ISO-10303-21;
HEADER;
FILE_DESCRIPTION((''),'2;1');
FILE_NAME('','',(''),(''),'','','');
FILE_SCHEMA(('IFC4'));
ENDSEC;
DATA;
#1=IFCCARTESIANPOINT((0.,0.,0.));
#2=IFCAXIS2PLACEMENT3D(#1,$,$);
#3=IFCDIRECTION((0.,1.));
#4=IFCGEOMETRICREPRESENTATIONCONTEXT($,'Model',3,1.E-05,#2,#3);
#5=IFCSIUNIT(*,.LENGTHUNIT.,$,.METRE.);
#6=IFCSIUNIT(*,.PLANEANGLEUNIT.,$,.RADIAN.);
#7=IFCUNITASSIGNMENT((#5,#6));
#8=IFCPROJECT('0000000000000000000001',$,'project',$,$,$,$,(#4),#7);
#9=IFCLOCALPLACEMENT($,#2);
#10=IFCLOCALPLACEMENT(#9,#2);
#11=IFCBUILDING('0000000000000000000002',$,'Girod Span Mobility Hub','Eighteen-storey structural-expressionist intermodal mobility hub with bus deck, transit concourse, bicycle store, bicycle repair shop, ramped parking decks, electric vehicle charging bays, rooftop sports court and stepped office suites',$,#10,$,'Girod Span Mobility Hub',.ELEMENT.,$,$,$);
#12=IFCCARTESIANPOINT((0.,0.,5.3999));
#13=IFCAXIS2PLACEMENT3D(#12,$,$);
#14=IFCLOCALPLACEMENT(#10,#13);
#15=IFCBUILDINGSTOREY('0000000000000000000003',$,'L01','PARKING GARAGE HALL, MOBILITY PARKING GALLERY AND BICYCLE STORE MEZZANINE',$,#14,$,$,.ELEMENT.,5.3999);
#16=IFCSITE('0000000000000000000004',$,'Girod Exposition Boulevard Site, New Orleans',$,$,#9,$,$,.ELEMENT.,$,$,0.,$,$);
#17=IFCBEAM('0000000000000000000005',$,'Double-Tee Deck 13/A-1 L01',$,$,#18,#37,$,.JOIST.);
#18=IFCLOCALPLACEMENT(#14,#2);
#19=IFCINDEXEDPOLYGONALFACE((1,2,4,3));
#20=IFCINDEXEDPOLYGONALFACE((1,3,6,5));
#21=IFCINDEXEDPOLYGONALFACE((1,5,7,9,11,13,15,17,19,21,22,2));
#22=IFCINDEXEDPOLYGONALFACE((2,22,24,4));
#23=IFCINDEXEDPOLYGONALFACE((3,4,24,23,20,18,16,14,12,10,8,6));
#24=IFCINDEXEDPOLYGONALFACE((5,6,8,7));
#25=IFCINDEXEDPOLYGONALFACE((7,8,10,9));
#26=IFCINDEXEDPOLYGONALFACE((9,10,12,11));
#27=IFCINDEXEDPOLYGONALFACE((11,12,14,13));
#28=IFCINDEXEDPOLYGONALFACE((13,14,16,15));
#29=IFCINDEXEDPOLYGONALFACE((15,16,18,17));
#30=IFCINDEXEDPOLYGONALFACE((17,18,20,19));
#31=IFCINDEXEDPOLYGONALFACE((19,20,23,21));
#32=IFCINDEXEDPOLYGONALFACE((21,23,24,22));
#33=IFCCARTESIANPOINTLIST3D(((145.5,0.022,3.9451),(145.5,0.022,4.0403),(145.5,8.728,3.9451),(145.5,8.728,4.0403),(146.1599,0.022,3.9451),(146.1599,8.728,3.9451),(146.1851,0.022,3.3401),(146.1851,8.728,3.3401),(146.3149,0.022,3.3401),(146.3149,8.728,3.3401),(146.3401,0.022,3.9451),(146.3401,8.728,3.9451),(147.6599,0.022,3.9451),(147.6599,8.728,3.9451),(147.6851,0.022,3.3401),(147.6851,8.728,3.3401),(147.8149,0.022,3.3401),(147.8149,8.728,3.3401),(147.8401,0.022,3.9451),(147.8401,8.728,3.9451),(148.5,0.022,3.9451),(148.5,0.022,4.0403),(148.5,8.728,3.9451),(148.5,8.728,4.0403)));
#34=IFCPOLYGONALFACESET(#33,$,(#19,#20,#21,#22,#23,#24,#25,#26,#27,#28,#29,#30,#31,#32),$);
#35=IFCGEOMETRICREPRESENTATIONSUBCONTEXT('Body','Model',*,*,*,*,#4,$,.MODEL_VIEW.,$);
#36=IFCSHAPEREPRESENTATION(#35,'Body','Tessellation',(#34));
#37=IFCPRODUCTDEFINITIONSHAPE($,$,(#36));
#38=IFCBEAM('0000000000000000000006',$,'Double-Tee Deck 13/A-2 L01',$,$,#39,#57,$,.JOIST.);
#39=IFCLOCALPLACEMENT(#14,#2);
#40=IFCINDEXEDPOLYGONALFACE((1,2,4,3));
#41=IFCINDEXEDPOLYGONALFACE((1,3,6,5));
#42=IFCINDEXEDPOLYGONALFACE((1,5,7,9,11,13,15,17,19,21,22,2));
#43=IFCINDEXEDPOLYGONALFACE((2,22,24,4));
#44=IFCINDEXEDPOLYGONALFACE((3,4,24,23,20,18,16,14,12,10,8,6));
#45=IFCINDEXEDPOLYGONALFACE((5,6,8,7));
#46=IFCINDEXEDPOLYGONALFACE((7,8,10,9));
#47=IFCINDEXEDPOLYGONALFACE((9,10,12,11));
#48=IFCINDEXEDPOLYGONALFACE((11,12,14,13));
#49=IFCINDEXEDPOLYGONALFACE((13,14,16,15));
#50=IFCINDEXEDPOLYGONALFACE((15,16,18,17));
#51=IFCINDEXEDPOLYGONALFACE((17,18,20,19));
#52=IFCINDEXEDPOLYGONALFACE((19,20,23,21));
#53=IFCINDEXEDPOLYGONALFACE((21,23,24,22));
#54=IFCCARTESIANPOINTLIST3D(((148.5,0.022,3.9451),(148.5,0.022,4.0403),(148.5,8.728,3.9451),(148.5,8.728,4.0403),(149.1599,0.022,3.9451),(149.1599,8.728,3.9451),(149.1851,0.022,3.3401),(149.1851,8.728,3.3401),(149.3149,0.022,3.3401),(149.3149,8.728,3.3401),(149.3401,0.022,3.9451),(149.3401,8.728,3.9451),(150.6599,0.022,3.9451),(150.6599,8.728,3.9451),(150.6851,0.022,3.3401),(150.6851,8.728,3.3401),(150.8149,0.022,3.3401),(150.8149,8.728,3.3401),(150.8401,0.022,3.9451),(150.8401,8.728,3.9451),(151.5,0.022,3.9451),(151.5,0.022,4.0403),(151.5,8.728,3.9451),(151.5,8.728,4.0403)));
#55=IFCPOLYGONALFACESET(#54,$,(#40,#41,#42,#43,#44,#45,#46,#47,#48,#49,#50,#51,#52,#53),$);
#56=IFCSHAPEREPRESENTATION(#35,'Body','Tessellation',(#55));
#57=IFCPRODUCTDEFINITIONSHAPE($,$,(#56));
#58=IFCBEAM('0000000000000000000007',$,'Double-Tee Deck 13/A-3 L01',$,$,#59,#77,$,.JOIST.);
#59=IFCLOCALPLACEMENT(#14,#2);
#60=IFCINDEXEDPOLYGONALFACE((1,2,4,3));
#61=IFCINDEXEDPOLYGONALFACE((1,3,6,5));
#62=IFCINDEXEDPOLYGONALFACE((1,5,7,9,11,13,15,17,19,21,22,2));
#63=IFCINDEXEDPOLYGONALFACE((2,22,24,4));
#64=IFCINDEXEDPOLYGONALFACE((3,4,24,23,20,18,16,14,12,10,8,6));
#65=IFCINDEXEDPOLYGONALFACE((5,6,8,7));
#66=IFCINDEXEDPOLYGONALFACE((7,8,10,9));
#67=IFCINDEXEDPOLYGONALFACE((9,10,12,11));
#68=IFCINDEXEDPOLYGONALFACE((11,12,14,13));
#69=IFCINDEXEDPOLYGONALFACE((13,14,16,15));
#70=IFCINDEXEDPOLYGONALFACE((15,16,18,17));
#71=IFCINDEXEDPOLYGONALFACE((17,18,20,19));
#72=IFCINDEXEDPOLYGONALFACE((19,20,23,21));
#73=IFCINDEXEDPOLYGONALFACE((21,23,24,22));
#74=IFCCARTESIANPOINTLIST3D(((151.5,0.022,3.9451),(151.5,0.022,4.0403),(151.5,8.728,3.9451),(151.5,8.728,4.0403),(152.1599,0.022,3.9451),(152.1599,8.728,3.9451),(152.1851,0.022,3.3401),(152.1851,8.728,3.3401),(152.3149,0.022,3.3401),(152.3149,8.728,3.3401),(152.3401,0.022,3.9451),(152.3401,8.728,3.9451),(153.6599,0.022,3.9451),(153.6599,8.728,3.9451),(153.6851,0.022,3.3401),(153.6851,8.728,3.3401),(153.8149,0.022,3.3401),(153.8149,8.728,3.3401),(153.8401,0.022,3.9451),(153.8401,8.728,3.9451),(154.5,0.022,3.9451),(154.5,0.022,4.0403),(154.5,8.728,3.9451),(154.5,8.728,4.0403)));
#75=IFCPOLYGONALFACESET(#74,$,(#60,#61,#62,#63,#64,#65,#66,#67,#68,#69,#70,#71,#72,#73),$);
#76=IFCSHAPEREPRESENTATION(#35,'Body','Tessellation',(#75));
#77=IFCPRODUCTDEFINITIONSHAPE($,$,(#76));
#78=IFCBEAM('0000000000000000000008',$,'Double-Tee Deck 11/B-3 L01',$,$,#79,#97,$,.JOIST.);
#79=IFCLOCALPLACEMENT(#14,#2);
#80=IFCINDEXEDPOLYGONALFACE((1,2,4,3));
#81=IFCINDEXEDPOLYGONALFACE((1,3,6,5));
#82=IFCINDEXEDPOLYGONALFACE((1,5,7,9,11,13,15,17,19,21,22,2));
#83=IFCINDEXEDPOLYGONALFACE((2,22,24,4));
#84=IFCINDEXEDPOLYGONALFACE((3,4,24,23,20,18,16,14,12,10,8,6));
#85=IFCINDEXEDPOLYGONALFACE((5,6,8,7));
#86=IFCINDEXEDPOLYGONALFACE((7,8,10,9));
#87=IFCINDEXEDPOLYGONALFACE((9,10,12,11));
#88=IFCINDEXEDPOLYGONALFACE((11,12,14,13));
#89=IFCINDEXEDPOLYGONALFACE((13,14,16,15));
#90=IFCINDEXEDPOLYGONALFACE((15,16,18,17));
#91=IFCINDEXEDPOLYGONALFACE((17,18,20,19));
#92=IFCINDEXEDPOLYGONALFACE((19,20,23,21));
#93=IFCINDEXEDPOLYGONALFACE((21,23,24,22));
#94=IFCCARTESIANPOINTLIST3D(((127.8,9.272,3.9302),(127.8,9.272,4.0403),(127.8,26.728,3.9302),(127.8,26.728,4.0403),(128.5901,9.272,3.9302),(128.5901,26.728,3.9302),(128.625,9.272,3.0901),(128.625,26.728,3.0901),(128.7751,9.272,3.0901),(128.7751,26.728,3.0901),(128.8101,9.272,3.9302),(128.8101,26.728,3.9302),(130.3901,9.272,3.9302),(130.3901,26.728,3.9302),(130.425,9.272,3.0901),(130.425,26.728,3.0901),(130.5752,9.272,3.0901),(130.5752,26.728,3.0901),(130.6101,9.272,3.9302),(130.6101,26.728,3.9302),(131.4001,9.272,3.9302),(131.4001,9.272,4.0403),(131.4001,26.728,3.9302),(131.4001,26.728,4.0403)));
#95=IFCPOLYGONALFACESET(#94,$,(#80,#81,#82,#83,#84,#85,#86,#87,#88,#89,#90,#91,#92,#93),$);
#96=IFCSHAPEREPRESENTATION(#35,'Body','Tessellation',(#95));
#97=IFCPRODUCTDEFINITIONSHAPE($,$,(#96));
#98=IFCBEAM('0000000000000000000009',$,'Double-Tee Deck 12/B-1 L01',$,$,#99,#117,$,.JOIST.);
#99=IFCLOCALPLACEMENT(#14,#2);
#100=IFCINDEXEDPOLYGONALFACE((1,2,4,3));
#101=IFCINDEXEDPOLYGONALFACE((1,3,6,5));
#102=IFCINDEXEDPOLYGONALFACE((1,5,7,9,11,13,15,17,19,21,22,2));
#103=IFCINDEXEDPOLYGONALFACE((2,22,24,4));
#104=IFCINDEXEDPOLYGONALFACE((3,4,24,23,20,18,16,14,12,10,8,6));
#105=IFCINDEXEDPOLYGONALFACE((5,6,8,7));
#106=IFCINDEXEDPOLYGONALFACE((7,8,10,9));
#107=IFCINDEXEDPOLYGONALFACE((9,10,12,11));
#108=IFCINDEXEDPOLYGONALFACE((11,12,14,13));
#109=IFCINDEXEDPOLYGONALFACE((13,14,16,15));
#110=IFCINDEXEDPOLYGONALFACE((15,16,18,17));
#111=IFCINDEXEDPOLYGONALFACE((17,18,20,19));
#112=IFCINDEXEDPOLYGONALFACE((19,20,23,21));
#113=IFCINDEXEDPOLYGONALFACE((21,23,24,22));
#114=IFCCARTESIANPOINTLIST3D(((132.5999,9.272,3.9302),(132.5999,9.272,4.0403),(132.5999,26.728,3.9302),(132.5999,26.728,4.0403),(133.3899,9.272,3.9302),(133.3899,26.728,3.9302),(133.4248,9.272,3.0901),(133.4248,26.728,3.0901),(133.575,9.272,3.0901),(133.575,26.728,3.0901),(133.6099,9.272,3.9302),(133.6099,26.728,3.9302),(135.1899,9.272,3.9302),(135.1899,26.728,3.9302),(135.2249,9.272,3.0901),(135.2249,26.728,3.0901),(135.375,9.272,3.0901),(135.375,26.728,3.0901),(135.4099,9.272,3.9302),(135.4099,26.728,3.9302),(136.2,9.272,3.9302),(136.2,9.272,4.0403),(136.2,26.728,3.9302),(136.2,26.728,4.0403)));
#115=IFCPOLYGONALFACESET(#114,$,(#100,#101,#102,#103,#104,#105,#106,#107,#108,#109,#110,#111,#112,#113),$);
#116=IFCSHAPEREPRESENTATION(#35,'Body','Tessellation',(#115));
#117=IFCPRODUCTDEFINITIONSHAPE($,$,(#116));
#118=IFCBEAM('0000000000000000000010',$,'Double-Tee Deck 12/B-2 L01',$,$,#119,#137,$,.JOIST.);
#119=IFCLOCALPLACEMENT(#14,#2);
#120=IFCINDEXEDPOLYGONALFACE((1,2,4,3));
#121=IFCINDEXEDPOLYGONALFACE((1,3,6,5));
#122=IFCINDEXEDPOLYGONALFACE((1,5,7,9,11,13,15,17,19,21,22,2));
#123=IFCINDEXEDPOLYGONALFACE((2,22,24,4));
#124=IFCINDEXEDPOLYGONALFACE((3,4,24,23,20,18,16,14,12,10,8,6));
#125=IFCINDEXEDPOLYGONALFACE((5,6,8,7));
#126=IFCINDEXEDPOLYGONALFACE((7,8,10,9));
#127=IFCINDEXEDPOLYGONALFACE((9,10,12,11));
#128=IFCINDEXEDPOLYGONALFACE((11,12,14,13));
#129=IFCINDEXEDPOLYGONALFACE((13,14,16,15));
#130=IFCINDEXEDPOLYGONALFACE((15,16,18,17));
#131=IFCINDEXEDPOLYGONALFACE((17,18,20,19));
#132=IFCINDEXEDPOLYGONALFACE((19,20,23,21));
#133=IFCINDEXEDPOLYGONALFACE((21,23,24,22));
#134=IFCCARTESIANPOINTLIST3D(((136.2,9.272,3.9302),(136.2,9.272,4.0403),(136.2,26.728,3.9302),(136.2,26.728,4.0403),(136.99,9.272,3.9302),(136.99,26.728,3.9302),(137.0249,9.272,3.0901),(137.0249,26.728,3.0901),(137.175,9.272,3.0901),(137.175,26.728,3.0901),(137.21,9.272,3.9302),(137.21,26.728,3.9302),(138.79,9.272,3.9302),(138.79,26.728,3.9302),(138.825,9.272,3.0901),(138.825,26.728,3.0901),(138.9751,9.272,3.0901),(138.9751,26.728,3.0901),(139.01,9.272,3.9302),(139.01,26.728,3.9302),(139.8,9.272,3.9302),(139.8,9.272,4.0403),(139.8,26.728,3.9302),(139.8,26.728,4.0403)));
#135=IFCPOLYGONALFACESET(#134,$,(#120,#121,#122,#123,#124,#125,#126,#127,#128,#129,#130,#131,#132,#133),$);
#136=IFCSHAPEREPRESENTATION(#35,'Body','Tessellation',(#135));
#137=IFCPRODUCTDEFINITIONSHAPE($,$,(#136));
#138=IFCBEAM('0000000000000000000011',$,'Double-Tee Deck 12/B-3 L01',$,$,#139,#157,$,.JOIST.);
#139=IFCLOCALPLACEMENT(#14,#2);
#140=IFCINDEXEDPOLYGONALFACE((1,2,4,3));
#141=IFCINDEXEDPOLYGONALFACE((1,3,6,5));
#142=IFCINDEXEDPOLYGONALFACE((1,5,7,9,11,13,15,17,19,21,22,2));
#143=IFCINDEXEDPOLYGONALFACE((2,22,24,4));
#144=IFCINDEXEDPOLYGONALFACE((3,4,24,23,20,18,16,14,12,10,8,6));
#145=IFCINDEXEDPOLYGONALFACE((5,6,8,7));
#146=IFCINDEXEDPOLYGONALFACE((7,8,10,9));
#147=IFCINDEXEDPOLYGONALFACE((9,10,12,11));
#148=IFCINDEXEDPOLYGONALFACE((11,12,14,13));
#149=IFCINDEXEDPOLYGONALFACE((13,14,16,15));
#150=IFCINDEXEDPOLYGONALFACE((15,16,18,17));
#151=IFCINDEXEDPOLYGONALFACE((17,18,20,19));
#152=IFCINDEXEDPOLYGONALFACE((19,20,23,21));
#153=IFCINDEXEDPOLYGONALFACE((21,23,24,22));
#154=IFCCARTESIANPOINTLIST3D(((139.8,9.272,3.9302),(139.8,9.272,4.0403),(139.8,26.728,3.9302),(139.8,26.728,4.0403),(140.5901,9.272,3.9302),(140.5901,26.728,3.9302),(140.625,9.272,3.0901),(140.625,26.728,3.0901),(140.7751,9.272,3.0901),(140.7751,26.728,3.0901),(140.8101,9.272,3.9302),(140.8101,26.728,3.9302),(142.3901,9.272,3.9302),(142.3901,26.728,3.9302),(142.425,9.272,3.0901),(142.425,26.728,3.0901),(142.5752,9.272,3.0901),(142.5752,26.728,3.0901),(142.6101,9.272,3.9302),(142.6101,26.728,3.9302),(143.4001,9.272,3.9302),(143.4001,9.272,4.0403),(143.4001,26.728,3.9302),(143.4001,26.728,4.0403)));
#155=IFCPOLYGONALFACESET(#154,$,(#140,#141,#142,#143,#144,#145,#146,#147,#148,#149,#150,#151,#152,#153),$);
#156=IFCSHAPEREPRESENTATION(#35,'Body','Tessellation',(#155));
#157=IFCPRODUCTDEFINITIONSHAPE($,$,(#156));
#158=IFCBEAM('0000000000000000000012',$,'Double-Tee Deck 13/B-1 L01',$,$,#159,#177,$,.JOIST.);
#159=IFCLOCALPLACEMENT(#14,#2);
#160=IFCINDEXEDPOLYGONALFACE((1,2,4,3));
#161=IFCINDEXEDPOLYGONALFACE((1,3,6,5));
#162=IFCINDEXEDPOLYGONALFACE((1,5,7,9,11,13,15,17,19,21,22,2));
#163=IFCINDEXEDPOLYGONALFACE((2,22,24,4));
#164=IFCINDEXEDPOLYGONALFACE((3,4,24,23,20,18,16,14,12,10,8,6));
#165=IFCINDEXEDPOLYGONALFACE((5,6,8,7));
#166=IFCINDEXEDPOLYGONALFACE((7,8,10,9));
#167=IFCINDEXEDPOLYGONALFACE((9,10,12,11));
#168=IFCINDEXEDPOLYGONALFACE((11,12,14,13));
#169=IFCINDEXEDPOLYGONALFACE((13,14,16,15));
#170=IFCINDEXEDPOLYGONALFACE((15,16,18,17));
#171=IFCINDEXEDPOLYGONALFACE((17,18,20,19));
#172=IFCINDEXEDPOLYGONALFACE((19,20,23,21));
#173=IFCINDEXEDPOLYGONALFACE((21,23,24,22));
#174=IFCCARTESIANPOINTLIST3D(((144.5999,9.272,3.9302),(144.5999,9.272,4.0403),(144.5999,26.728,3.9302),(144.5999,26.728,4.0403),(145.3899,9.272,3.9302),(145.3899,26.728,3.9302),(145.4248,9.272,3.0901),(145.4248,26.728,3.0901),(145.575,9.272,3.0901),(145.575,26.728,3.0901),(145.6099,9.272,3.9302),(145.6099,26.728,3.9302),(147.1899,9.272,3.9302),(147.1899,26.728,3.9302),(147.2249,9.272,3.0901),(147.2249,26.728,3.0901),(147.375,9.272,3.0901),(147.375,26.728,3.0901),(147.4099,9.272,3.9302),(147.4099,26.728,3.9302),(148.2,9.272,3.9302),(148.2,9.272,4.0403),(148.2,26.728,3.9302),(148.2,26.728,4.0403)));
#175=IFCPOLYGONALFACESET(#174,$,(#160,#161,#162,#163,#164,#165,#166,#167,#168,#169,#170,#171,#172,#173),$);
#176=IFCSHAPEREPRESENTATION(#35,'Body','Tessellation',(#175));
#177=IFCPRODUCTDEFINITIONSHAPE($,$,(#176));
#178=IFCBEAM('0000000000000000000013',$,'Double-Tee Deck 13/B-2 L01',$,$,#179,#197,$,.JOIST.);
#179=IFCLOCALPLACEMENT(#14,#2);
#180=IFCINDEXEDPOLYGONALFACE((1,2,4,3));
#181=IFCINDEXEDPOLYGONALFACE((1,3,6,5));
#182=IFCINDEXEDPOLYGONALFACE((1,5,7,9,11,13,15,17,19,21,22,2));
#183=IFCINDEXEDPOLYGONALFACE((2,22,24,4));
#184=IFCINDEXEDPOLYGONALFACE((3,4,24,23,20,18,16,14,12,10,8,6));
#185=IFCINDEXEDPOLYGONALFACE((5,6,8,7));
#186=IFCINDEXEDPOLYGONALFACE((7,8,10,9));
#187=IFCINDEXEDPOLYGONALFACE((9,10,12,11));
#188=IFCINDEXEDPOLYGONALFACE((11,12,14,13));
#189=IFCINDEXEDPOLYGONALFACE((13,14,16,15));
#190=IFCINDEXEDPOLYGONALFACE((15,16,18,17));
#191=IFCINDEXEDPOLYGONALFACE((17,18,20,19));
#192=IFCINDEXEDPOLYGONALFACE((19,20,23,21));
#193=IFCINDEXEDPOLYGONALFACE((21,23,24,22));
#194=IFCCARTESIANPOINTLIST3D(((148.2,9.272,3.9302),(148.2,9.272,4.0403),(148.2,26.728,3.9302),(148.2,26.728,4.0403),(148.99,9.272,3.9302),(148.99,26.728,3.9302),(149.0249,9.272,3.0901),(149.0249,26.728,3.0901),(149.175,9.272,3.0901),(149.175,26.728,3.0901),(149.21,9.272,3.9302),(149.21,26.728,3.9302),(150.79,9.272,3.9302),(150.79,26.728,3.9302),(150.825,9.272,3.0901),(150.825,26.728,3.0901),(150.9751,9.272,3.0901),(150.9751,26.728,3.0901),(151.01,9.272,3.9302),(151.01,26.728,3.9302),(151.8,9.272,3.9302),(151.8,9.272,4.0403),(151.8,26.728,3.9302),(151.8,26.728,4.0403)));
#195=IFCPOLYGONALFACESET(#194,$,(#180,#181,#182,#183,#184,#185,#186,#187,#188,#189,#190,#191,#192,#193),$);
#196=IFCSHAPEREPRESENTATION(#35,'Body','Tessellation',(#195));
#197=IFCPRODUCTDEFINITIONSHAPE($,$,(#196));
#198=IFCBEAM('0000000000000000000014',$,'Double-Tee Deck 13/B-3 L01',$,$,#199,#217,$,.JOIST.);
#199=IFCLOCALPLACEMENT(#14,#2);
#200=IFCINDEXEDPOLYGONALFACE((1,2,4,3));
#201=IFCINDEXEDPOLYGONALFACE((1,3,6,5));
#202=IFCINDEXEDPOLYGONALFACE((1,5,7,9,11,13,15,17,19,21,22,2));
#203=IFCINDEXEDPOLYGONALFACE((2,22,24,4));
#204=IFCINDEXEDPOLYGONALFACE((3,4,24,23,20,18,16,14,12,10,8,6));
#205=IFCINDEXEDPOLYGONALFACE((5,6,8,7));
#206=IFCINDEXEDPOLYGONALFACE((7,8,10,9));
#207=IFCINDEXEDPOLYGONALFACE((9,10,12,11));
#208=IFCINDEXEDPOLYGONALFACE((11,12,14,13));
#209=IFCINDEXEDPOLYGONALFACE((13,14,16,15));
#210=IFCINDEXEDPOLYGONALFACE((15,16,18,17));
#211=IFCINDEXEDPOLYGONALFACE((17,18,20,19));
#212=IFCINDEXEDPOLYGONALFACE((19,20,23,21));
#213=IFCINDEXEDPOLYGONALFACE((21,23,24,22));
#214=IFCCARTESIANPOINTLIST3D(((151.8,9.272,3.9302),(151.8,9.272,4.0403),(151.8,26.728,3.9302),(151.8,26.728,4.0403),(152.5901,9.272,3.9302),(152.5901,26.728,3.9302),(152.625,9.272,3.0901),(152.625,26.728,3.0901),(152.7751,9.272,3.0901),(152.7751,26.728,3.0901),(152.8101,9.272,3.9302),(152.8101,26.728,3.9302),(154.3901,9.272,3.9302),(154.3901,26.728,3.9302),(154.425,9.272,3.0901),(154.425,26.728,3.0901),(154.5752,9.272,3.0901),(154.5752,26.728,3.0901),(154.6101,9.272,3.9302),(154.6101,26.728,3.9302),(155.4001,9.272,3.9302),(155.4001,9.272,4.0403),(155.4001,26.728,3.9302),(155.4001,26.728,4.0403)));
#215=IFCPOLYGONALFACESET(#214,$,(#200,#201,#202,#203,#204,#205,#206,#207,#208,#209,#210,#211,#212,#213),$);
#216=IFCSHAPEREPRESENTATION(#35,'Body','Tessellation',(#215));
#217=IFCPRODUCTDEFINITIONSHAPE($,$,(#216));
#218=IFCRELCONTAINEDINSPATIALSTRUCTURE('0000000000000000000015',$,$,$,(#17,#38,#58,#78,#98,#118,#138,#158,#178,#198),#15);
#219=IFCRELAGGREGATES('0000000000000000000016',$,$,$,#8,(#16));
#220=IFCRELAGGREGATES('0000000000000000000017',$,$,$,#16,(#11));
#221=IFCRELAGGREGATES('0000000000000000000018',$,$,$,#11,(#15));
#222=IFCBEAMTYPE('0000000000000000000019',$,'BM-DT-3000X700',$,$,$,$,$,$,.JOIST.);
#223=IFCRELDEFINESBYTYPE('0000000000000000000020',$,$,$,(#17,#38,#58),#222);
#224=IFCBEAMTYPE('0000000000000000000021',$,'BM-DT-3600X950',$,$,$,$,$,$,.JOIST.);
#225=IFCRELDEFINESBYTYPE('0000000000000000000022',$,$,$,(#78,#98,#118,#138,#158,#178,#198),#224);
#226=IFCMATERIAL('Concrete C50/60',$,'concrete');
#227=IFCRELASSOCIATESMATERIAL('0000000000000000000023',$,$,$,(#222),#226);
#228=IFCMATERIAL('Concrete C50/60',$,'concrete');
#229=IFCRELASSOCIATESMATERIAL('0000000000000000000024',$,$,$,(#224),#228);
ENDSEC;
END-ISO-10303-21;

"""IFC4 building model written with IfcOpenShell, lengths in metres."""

from ifc_helpers import new_model, si_unit, direction, frame, origin, place, context, subcontext, project, spatial, polyline, outline, extrude, material, material_profile, profile_set, type_object, element, save


model = new_model("IFC4")

# Units and contexts
model_context = context("Model", 3, precision=1e-05, world=origin(), true_north=direction((0.0, 1.0)))
body_context = subcontext(model_context, "Body", "Model", "MODEL_VIEW")
ifc_project = project(units=[si_unit("LENGTHUNIT", "METRE"), si_unit("PLANEANGLEUNIT", "RADIAN")], contexts=[model_context])

# Site, building, storey
site_placement = place(None, origin())
site = spatial("IfcSite", under=ifc_project, at=site_placement, Name="Girod Exposition Boulevard Site, New Orleans", CompositionType="ELEMENT", RefElevation=0.0)
building_placement = place(site_placement, origin())
building = spatial("IfcBuilding", under=site, at=building_placement, Name="Girod Span Mobility Hub", Description="Eighteen-storey structural-expressionist intermodal mobility hub with bus deck, transit concourse, bicycle store, bicycle repair shop, ramped parking decks, electric vehicle charging bays, rooftop sports court and stepped office suites", LongName="Girod Span Mobility Hub", CompositionType="ELEMENT")
storey_placement = place(building_placement, frame((0.0, 0.0, 5.3999)))
storey = spatial("IfcBuildingStorey", under=building, at=storey_placement, Name="L01", Description="PARKING GARAGE HALL, MOBILITY PARKING GALLERY AND BICYCLE STORE MEZZANINE", CompositionType="ELEMENT", Elevation=5.3999)

# Beams
ifc_material_1 = material(Name="Concrete C50/60", Category="concrete")
ifc_material_profile_1 = material_profile(ifc_material_1, outline(polyline([(-1.5, 0.3501), (-1.5, 0.2549), (-0.8401, 0.2549), (-0.8149, -0.3501), (-0.6851, -0.3501), (-0.6599, 0.2549), (0.6599, 0.2549), (0.6851, -0.3501), (0.8149, -0.3501), (0.8401, 0.2549), (1.5, 0.2549), (1.5, 0.3501), (-1.5, 0.3501)])), Name="DT-3000X700")
ifc_profile_set_1 = profile_set([ifc_material_profile_1], Name="Concrete C50/60")
beam_type_1 = type_object("IfcBeamType", Name="BM-DT-3000X700", PredefinedType="JOIST", material=ifc_profile_set_1)
for number, where, z_axis, x_axis, name in (
    (1, (147.0, 0.022, 3.6902), (0.0, 1.0, 0.0), (-1.0, 0.0, 0.0), "Double-Tee Deck 13/A-1 L01"),
    (2, (150.0, 0.022, 3.6902), (0.0, 1.0, 0.0), (-1.0, 0.0, 0.0), "Double-Tee Deck 13/A-2 L01"),
    (3, (153.0, 0.022, 3.6902), (0.0, 1.0, 0.0), (-1.0, 0.0, 0.0), "Double-Tee Deck 13/A-3 L01"),
):
    element("IfcBeam", number, at=place(storey_placement, frame(where, z_axis=z_axis, x_axis=x_axis)), inside=storey, type_object=beam_type_1, Name=name, PredefinedType="JOIST", context=body_context, shape_type="SweptSolid", body=[
        extrude(outline(polyline([(-1.5, 0.3501), (-1.5, 0.2549), (-0.8401, 0.2549), (-0.8149, -0.3501), (-0.6851, -0.3501), (-0.6599, 0.2549), (0.6599, 0.2549), (0.6851, -0.3501), (0.8149, -0.3501), (0.8401, 0.2549), (1.5, 0.2549), (1.5, 0.3501), (-1.5, 0.3501)])), origin(), (0.0, 0.0, 1.0), 8.7061),
    ])
ifc_material_2 = material(Name="Concrete C50/60", Category="concrete")
ifc_material_profile_2 = material_profile(ifc_material_2, outline(polyline([(-1.8, 0.4751), (-1.8, 0.365), (-1.01, 0.365), (-0.9751, -0.4751), (-0.825, -0.4751), (-0.79, 0.365), (0.79, 0.365), (0.825, -0.4751), (0.9751, -0.4751), (1.01, 0.365), (1.8, 0.365), (1.8, 0.4751), (-1.8, 0.4751)])), Name="DT-3600X950")
ifc_profile_set_2 = profile_set([ifc_material_profile_2], Name="Concrete C50/60")
beam_type_2 = type_object("IfcBeamType", Name="BM-DT-3600X950", PredefinedType="JOIST", material=ifc_profile_set_2)
for number, where, z_axis, x_axis, name in (
    (4, (129.6001, 9.272, 3.5652), (0.0, 1.0, 0.0), (-1.0, 0.0, 0.0), "Double-Tee Deck 11/B-3 L01"),
    (5, (134.3999, 9.272, 3.5652), (0.0, 1.0, 0.0), (-1.0, 0.0, 0.0), "Double-Tee Deck 12/B-1 L01"),
    (6, (138.0, 9.272, 3.5652), (0.0, 1.0, 0.0), (-1.0, 0.0, 0.0), "Double-Tee Deck 12/B-2 L01"),
    (7, (141.6001, 9.272, 3.5652), (0.0, 1.0, 0.0), (-1.0, 0.0, 0.0), "Double-Tee Deck 12/B-3 L01"),
    (8, (146.3999, 9.272, 3.5652), (0.0, 1.0, 0.0), (-1.0, 0.0, 0.0), "Double-Tee Deck 13/B-1 L01"),
    (9, (150.0, 9.272, 3.5652), (0.0, 1.0, 0.0), (-1.0, 0.0, 0.0), "Double-Tee Deck 13/B-2 L01"),
    (10, (153.6001, 9.272, 3.5652), (0.0, 1.0, 0.0), (-1.0, 0.0, 0.0), "Double-Tee Deck 13/B-3 L01"),
):
    element("IfcBeam", number, at=place(storey_placement, frame(where, z_axis=z_axis, x_axis=x_axis)), inside=storey, type_object=beam_type_2, Name=name, PredefinedType="JOIST", context=body_context, shape_type="SweptSolid", body=[
        extrude(outline(polyline([(-1.8, 0.4751), (-1.8, 0.365), (-1.01, 0.365), (-0.9751, -0.4751), (-0.825, -0.4751), (-0.79, 0.365), (0.79, 0.365), (0.825, -0.4751), (0.9751, -0.4751), (1.01, 0.365), (1.8, 0.365), (1.8, 0.4751), (-1.8, 0.4751)])), origin(), (0.0, 0.0, 1.0), 17.4561),
    ])

save(model, "model.ifc")
